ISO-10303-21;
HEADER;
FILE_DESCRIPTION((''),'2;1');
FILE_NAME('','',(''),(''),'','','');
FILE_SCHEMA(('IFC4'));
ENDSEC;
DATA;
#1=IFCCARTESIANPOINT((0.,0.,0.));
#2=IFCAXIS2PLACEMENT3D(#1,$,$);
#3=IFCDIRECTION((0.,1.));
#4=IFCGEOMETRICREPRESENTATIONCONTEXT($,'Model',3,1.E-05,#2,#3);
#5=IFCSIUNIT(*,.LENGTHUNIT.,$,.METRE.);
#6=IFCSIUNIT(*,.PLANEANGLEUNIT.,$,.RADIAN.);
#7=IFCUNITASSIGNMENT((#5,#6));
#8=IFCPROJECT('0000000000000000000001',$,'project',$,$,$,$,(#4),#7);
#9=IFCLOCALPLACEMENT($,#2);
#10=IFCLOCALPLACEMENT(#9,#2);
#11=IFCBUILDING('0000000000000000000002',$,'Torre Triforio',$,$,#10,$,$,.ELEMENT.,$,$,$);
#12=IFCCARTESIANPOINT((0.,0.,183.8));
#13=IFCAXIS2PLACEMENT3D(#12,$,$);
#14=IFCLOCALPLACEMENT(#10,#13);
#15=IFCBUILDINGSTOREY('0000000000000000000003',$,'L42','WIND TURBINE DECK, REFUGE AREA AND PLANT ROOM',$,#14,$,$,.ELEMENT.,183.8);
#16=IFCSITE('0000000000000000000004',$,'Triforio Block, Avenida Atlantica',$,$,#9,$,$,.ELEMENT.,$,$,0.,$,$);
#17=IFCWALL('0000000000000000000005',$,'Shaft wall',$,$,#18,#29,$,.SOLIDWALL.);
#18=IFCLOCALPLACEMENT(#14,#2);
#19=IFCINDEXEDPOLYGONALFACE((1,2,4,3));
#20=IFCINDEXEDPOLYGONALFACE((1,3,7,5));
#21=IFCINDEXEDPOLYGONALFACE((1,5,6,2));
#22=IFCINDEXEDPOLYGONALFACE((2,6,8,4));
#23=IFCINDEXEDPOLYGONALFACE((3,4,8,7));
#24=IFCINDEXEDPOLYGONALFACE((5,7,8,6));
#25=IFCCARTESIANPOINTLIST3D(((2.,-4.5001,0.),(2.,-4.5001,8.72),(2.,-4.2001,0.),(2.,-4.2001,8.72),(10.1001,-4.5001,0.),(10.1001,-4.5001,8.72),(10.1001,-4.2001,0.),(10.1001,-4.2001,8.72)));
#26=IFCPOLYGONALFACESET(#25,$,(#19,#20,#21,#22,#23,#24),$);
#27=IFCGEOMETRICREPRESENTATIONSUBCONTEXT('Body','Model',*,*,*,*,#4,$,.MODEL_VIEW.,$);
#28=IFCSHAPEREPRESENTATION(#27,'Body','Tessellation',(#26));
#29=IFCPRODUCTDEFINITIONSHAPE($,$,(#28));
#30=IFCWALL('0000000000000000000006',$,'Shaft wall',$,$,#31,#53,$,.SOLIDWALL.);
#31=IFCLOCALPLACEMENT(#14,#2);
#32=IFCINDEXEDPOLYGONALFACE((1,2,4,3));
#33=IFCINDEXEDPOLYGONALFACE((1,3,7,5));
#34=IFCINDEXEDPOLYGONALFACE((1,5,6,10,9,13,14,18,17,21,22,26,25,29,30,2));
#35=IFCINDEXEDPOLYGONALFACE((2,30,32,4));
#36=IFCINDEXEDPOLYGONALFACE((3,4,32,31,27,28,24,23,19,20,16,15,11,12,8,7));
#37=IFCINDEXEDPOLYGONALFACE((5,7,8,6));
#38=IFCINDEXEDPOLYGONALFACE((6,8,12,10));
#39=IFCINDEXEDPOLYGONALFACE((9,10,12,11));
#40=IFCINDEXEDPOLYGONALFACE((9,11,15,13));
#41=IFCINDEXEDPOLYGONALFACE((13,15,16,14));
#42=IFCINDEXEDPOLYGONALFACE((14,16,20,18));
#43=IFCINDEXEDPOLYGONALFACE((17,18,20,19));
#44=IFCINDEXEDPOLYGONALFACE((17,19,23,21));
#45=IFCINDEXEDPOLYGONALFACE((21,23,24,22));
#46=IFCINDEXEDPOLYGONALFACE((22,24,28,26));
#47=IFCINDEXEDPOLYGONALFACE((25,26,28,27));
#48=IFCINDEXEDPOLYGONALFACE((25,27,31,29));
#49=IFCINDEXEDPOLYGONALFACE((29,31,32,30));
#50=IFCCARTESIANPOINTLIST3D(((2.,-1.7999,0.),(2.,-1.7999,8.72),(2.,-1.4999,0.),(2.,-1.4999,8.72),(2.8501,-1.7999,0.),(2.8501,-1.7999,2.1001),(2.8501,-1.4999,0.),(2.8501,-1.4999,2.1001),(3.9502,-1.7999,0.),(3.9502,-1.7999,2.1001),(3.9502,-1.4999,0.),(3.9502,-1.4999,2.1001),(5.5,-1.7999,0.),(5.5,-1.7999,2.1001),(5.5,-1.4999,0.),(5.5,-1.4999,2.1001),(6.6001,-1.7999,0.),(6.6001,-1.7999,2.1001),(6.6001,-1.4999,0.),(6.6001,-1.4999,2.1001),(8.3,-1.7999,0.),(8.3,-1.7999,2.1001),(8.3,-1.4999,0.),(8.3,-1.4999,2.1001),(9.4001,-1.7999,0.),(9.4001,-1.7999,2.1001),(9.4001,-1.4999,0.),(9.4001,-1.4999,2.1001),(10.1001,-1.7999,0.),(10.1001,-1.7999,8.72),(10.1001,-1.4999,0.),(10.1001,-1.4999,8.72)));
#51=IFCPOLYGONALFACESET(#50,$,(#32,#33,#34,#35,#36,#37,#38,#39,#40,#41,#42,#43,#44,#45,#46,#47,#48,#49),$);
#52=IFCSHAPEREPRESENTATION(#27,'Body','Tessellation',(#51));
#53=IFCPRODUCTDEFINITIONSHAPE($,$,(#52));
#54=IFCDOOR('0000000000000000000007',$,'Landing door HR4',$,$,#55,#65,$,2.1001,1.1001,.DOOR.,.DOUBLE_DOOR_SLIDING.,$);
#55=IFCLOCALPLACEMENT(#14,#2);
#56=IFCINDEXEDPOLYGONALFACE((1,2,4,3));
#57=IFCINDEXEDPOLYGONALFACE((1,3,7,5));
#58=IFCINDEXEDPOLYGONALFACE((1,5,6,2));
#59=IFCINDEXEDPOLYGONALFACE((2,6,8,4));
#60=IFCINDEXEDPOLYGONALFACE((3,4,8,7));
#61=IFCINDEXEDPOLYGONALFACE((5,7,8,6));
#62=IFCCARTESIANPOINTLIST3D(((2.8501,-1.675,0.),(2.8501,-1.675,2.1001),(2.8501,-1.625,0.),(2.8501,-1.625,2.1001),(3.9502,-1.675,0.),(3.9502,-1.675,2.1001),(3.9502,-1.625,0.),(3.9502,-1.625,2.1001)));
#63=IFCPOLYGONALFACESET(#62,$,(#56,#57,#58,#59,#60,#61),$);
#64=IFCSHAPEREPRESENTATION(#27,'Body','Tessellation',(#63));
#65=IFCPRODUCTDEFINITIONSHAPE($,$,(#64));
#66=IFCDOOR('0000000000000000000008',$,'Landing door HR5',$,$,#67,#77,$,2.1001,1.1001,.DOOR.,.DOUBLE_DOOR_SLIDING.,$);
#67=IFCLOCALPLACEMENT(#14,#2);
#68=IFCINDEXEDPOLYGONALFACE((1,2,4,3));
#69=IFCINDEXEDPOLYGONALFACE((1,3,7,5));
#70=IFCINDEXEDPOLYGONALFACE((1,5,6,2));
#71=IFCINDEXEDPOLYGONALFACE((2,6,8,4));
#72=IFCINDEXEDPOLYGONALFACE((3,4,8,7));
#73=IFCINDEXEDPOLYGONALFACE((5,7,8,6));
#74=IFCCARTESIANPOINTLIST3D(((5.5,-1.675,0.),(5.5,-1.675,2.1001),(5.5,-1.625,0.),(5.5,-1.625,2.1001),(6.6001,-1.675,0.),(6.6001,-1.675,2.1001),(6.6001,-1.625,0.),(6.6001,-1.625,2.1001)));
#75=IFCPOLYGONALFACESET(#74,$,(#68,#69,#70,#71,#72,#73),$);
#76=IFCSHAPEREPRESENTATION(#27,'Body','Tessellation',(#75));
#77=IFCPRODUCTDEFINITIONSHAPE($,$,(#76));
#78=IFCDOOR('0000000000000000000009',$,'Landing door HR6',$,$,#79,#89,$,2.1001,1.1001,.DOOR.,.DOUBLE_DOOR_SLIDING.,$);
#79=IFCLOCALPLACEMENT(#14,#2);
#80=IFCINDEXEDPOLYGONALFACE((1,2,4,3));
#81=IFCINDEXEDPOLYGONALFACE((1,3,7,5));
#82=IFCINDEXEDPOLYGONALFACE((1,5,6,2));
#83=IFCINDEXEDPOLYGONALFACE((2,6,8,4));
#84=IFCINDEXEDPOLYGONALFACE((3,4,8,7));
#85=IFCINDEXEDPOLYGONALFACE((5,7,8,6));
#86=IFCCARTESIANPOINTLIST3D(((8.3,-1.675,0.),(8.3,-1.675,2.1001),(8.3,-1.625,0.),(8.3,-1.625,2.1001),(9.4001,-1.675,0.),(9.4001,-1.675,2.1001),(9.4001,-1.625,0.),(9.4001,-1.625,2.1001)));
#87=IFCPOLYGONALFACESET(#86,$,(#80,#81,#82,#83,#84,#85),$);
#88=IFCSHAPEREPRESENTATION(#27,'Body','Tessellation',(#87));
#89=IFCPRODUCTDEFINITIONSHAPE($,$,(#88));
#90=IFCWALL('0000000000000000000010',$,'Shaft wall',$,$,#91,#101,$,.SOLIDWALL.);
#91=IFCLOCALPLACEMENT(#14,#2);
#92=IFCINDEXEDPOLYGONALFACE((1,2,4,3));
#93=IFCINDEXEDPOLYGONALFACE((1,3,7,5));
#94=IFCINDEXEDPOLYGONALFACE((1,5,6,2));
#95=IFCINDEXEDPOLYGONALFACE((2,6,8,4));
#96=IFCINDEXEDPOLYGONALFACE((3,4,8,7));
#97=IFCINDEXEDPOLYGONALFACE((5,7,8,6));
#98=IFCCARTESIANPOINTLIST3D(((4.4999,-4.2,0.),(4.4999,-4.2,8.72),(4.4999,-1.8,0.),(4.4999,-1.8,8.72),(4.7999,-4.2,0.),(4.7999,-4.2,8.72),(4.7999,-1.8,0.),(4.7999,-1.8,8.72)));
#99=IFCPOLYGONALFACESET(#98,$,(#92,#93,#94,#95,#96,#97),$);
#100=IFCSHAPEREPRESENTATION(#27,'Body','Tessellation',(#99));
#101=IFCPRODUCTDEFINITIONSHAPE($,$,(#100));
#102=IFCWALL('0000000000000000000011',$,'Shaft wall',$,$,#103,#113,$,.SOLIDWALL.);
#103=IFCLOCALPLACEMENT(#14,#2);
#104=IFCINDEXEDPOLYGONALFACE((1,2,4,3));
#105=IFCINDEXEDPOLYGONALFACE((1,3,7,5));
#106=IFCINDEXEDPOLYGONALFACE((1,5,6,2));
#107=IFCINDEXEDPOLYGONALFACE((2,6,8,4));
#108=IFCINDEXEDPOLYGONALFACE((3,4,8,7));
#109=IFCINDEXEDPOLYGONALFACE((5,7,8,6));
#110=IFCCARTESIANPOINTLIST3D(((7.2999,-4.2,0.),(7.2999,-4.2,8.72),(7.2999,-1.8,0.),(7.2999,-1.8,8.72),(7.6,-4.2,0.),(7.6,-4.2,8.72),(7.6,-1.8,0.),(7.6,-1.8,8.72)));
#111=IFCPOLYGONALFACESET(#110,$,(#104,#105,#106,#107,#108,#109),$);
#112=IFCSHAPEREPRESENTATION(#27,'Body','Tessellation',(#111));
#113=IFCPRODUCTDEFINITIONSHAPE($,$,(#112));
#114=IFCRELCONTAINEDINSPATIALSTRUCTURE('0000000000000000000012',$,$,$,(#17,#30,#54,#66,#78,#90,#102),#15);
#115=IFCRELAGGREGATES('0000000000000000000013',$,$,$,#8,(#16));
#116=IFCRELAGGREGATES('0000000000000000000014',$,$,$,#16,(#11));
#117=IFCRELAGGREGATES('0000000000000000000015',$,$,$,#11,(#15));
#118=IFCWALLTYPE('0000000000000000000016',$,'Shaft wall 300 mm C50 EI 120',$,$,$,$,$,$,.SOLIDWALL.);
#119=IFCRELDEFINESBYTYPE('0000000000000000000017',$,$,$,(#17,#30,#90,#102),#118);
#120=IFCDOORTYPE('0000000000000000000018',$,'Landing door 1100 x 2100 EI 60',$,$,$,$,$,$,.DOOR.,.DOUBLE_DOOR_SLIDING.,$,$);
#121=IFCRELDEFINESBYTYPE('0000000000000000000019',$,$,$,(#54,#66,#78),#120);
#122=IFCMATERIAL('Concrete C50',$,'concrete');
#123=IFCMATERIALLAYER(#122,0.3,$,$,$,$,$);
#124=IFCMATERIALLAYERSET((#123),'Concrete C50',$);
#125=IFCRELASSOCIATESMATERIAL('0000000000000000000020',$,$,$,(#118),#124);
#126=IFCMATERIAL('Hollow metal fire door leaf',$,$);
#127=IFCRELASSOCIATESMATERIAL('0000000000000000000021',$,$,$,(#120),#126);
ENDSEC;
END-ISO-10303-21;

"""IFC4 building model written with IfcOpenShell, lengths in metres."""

from ifc_helpers import new_model, si_unit, direction, frame, frame_2d, origin, place, context, subcontext, project, spatial, rectangle, extrude, material, layer, layer_set, type_object, element, fill, save


model = new_model("IFC4")

# Units and contexts
model_context = context("Model", 3, precision=1e-05, world=origin(), true_north=direction((0.0, 1.0)))
body_context = subcontext(model_context, "Body", "Model", "MODEL_VIEW")
ifc_project = project(units=[si_unit("LENGTHUNIT", "METRE"), si_unit("PLANEANGLEUNIT", "RADIAN")], contexts=[model_context])

# Site, building, storey
site_placement = place(None, origin())
site = spatial("IfcSite", under=ifc_project, at=site_placement, Name="Triforio Block, Avenida Atlantica", CompositionType="ELEMENT", RefElevation=0.0)
building_placement = place(site_placement, origin())
building = spatial("IfcBuilding", under=site, at=building_placement, Name="Torre Triforio", CompositionType="ELEMENT")
storey_placement = place(building_placement, frame((0.0, 0.0, 183.8)))
storey = spatial("IfcBuildingStorey", under=building, at=storey_placement, Name="L42", Description="WIND TURBINE DECK, REFUGE AREA AND PLANT ROOM", CompositionType="ELEMENT", Elevation=183.8)

# Shared definitions
ifc_material_1 = material(Name="Hollow metal fire door leaf")

# Wall
ifc_material_2 = material(Name="Concrete C50", Category="concrete")
ifc_layer_1 = layer(ifc_material_2, 0.3)
ifc_layer_set_1 = layer_set([ifc_layer_1], Name="Concrete C50")
wall_type_1 = type_object("IfcWallType", Name="Shaft wall 300 mm C50 EI 120", PredefinedType="SOLIDWALL", material=ifc_layer_set_1)
wall_1_placement = place(storey_placement, frame((2.0, -4.3501, 0.0), z_axis=(0.0, 0.0, 1.0), x_axis=(1.0, 0.0, 0.0)))
element("IfcWall", 1, at=wall_1_placement, inside=storey, type_object=wall_type_1, Name="Shaft wall", PredefinedType="SOLIDWALL", context=body_context, shape_type="SweptSolid", body=[
    extrude(rectangle(XDim=8.1001, YDim=0.3, at=frame_2d((4.05, 0.0))), origin(), (0.0, 0.0, 1.0), 8.72),
])

# Wall, openings, doors
wall_2_placement = place(storey_placement, frame((2.0, -1.6499, 0.0), z_axis=(0.0, 0.0, 1.0), x_axis=(1.0, 0.0, 0.0)))
wall_2 = element("IfcWall", 2, at=wall_2_placement, inside=storey, type_object=wall_type_1, Name="Shaft wall", PredefinedType="SOLIDWALL", context=body_context, shape_type="SweptSolid", body=[
    extrude(rectangle(XDim=8.1001, YDim=0.3, at=frame_2d((4.05, 0.0))), origin(), (0.0, 0.0, 1.0), 8.72),
])
opening_1_placement = place(wall_2_placement, frame((0.8501, 0.0, 0.0)))
opening_1 = element("IfcOpeningElement", 3, at=opening_1_placement, cuts=wall_2, PredefinedType="OPENING", context=body_context, shape_type="SweptSolid", body=[
    extrude(rectangle(XDim=1.1001, YDim=2.1001, at=frame_2d((0.55, 1.05))), frame((0.0, 0.1599, 0.0), z_axis=(0.0, -1.0, 0.0), x_axis=(1.0, 0.0, 0.0)), (0.0, 0.0, 1.0), 0.3201),
])
opening_2_placement = place(wall_2_placement, frame((3.5, 0.0, 0.0)))
opening_2 = element("IfcOpeningElement", 4, at=opening_2_placement, cuts=wall_2, PredefinedType="OPENING", context=body_context, shape_type="SweptSolid", body=[
    extrude(rectangle(XDim=1.1001, YDim=2.1001, at=frame_2d((0.55, 1.05))), frame((0.0, 0.1599, 0.0), z_axis=(0.0, -1.0, 0.0), x_axis=(1.0, 0.0, 0.0)), (0.0, 0.0, 1.0), 0.3201),
])
opening_3_placement = place(wall_2_placement, frame((6.3, 0.0, 0.0)))
opening_3 = element("IfcOpeningElement", 5, at=opening_3_placement, cuts=wall_2, PredefinedType="OPENING", context=body_context, shape_type="SweptSolid", body=[
    extrude(rectangle(XDim=1.1001, YDim=2.1001, at=frame_2d((0.55, 1.05))), frame((0.0, 0.1599, 0.0), z_axis=(0.0, -1.0, 0.0), x_axis=(1.0, 0.0, 0.0)), (0.0, 0.0, 1.0), 0.3201),
])
door_type_1 = type_object("IfcDoorType", Name="Landing door 1100 x 2100 EI 60", OperationType="DOUBLE_DOOR_SLIDING", PredefinedType="DOOR", material=ifc_material_1)
door_1_placement = place(opening_1_placement, origin())
door_1 = element("IfcDoor", 6, at=door_1_placement, inside=storey, type_object=door_type_1, Name="Landing door HR4", OperationType="DOUBLE_DOOR_SLIDING", OverallHeight=2.1001, OverallWidth=1.1001, PredefinedType="DOOR", context=body_context, shape_type="SweptSolid", body=[
    extrude(rectangle(XDim=1.1001, YDim=2.1001, at=frame_2d((0.55, 1.05))), frame((0.0, 0.0249, 0.0), z_axis=(0.0, -1.0, 0.0), x_axis=(1.0, 0.0, 0.0)), (0.0, 0.0, 1.0), 0.05),
])
fill(opening_1, door_1)
door_2_placement = place(opening_2_placement, origin())
door_2 = element("IfcDoor", 7, at=door_2_placement, inside=storey, type_object=door_type_1, Name="Landing door HR5", OperationType="DOUBLE_DOOR_SLIDING", OverallHeight=2.1001, OverallWidth=1.1001, PredefinedType="DOOR", context=body_context, shape_type="SweptSolid", body=[
    extrude(rectangle(XDim=1.1001, YDim=2.1001, at=frame_2d((0.55, 1.05))), frame((0.0, 0.0249, 0.0), z_axis=(0.0, -1.0, 0.0), x_axis=(1.0, 0.0, 0.0)), (0.0, 0.0, 1.0), 0.05),
])
fill(opening_2, door_2)
door_3_placement = place(opening_3_placement, origin())
door_3 = element("IfcDoor", 8, at=door_3_placement, inside=storey, type_object=door_type_1, Name="Landing door HR6", OperationType="DOUBLE_DOOR_SLIDING", OverallHeight=2.1001, OverallWidth=1.1001, PredefinedType="DOOR", context=body_context, shape_type="SweptSolid", body=[
    extrude(rectangle(XDim=1.1001, YDim=2.1001, at=frame_2d((0.55, 1.05))), frame((0.0, 0.0249, 0.0), z_axis=(0.0, -1.0, 0.0), x_axis=(1.0, 0.0, 0.0)), (0.0, 0.0, 1.0), 0.05),
])
fill(opening_3, door_3)

# Walls
for number, where, z_axis, x_axis, name in (
    (9, (4.6499, -4.2, 0.0), (0.0, 0.0, 1.0), (0.0, 1.0, 0.0), "Shaft wall"),
    (10, (7.45, -4.2, 0.0), (0.0, 0.0, 1.0), (0.0, 1.0, 0.0), "Shaft wall"),
):
    element("IfcWall", number, at=place(storey_placement, frame(where, z_axis=z_axis, x_axis=x_axis)), inside=storey, type_object=wall_type_1, Name=name, PredefinedType="SOLIDWALL", context=body_context, shape_type="SweptSolid", body=[
        extrude(rectangle(XDim=2.3999, YDim=0.3, at=frame_2d((1.2, 0.0))), origin(), (0.0, 0.0, 1.0), 8.72),
    ])

save(model, "model.ifc")
